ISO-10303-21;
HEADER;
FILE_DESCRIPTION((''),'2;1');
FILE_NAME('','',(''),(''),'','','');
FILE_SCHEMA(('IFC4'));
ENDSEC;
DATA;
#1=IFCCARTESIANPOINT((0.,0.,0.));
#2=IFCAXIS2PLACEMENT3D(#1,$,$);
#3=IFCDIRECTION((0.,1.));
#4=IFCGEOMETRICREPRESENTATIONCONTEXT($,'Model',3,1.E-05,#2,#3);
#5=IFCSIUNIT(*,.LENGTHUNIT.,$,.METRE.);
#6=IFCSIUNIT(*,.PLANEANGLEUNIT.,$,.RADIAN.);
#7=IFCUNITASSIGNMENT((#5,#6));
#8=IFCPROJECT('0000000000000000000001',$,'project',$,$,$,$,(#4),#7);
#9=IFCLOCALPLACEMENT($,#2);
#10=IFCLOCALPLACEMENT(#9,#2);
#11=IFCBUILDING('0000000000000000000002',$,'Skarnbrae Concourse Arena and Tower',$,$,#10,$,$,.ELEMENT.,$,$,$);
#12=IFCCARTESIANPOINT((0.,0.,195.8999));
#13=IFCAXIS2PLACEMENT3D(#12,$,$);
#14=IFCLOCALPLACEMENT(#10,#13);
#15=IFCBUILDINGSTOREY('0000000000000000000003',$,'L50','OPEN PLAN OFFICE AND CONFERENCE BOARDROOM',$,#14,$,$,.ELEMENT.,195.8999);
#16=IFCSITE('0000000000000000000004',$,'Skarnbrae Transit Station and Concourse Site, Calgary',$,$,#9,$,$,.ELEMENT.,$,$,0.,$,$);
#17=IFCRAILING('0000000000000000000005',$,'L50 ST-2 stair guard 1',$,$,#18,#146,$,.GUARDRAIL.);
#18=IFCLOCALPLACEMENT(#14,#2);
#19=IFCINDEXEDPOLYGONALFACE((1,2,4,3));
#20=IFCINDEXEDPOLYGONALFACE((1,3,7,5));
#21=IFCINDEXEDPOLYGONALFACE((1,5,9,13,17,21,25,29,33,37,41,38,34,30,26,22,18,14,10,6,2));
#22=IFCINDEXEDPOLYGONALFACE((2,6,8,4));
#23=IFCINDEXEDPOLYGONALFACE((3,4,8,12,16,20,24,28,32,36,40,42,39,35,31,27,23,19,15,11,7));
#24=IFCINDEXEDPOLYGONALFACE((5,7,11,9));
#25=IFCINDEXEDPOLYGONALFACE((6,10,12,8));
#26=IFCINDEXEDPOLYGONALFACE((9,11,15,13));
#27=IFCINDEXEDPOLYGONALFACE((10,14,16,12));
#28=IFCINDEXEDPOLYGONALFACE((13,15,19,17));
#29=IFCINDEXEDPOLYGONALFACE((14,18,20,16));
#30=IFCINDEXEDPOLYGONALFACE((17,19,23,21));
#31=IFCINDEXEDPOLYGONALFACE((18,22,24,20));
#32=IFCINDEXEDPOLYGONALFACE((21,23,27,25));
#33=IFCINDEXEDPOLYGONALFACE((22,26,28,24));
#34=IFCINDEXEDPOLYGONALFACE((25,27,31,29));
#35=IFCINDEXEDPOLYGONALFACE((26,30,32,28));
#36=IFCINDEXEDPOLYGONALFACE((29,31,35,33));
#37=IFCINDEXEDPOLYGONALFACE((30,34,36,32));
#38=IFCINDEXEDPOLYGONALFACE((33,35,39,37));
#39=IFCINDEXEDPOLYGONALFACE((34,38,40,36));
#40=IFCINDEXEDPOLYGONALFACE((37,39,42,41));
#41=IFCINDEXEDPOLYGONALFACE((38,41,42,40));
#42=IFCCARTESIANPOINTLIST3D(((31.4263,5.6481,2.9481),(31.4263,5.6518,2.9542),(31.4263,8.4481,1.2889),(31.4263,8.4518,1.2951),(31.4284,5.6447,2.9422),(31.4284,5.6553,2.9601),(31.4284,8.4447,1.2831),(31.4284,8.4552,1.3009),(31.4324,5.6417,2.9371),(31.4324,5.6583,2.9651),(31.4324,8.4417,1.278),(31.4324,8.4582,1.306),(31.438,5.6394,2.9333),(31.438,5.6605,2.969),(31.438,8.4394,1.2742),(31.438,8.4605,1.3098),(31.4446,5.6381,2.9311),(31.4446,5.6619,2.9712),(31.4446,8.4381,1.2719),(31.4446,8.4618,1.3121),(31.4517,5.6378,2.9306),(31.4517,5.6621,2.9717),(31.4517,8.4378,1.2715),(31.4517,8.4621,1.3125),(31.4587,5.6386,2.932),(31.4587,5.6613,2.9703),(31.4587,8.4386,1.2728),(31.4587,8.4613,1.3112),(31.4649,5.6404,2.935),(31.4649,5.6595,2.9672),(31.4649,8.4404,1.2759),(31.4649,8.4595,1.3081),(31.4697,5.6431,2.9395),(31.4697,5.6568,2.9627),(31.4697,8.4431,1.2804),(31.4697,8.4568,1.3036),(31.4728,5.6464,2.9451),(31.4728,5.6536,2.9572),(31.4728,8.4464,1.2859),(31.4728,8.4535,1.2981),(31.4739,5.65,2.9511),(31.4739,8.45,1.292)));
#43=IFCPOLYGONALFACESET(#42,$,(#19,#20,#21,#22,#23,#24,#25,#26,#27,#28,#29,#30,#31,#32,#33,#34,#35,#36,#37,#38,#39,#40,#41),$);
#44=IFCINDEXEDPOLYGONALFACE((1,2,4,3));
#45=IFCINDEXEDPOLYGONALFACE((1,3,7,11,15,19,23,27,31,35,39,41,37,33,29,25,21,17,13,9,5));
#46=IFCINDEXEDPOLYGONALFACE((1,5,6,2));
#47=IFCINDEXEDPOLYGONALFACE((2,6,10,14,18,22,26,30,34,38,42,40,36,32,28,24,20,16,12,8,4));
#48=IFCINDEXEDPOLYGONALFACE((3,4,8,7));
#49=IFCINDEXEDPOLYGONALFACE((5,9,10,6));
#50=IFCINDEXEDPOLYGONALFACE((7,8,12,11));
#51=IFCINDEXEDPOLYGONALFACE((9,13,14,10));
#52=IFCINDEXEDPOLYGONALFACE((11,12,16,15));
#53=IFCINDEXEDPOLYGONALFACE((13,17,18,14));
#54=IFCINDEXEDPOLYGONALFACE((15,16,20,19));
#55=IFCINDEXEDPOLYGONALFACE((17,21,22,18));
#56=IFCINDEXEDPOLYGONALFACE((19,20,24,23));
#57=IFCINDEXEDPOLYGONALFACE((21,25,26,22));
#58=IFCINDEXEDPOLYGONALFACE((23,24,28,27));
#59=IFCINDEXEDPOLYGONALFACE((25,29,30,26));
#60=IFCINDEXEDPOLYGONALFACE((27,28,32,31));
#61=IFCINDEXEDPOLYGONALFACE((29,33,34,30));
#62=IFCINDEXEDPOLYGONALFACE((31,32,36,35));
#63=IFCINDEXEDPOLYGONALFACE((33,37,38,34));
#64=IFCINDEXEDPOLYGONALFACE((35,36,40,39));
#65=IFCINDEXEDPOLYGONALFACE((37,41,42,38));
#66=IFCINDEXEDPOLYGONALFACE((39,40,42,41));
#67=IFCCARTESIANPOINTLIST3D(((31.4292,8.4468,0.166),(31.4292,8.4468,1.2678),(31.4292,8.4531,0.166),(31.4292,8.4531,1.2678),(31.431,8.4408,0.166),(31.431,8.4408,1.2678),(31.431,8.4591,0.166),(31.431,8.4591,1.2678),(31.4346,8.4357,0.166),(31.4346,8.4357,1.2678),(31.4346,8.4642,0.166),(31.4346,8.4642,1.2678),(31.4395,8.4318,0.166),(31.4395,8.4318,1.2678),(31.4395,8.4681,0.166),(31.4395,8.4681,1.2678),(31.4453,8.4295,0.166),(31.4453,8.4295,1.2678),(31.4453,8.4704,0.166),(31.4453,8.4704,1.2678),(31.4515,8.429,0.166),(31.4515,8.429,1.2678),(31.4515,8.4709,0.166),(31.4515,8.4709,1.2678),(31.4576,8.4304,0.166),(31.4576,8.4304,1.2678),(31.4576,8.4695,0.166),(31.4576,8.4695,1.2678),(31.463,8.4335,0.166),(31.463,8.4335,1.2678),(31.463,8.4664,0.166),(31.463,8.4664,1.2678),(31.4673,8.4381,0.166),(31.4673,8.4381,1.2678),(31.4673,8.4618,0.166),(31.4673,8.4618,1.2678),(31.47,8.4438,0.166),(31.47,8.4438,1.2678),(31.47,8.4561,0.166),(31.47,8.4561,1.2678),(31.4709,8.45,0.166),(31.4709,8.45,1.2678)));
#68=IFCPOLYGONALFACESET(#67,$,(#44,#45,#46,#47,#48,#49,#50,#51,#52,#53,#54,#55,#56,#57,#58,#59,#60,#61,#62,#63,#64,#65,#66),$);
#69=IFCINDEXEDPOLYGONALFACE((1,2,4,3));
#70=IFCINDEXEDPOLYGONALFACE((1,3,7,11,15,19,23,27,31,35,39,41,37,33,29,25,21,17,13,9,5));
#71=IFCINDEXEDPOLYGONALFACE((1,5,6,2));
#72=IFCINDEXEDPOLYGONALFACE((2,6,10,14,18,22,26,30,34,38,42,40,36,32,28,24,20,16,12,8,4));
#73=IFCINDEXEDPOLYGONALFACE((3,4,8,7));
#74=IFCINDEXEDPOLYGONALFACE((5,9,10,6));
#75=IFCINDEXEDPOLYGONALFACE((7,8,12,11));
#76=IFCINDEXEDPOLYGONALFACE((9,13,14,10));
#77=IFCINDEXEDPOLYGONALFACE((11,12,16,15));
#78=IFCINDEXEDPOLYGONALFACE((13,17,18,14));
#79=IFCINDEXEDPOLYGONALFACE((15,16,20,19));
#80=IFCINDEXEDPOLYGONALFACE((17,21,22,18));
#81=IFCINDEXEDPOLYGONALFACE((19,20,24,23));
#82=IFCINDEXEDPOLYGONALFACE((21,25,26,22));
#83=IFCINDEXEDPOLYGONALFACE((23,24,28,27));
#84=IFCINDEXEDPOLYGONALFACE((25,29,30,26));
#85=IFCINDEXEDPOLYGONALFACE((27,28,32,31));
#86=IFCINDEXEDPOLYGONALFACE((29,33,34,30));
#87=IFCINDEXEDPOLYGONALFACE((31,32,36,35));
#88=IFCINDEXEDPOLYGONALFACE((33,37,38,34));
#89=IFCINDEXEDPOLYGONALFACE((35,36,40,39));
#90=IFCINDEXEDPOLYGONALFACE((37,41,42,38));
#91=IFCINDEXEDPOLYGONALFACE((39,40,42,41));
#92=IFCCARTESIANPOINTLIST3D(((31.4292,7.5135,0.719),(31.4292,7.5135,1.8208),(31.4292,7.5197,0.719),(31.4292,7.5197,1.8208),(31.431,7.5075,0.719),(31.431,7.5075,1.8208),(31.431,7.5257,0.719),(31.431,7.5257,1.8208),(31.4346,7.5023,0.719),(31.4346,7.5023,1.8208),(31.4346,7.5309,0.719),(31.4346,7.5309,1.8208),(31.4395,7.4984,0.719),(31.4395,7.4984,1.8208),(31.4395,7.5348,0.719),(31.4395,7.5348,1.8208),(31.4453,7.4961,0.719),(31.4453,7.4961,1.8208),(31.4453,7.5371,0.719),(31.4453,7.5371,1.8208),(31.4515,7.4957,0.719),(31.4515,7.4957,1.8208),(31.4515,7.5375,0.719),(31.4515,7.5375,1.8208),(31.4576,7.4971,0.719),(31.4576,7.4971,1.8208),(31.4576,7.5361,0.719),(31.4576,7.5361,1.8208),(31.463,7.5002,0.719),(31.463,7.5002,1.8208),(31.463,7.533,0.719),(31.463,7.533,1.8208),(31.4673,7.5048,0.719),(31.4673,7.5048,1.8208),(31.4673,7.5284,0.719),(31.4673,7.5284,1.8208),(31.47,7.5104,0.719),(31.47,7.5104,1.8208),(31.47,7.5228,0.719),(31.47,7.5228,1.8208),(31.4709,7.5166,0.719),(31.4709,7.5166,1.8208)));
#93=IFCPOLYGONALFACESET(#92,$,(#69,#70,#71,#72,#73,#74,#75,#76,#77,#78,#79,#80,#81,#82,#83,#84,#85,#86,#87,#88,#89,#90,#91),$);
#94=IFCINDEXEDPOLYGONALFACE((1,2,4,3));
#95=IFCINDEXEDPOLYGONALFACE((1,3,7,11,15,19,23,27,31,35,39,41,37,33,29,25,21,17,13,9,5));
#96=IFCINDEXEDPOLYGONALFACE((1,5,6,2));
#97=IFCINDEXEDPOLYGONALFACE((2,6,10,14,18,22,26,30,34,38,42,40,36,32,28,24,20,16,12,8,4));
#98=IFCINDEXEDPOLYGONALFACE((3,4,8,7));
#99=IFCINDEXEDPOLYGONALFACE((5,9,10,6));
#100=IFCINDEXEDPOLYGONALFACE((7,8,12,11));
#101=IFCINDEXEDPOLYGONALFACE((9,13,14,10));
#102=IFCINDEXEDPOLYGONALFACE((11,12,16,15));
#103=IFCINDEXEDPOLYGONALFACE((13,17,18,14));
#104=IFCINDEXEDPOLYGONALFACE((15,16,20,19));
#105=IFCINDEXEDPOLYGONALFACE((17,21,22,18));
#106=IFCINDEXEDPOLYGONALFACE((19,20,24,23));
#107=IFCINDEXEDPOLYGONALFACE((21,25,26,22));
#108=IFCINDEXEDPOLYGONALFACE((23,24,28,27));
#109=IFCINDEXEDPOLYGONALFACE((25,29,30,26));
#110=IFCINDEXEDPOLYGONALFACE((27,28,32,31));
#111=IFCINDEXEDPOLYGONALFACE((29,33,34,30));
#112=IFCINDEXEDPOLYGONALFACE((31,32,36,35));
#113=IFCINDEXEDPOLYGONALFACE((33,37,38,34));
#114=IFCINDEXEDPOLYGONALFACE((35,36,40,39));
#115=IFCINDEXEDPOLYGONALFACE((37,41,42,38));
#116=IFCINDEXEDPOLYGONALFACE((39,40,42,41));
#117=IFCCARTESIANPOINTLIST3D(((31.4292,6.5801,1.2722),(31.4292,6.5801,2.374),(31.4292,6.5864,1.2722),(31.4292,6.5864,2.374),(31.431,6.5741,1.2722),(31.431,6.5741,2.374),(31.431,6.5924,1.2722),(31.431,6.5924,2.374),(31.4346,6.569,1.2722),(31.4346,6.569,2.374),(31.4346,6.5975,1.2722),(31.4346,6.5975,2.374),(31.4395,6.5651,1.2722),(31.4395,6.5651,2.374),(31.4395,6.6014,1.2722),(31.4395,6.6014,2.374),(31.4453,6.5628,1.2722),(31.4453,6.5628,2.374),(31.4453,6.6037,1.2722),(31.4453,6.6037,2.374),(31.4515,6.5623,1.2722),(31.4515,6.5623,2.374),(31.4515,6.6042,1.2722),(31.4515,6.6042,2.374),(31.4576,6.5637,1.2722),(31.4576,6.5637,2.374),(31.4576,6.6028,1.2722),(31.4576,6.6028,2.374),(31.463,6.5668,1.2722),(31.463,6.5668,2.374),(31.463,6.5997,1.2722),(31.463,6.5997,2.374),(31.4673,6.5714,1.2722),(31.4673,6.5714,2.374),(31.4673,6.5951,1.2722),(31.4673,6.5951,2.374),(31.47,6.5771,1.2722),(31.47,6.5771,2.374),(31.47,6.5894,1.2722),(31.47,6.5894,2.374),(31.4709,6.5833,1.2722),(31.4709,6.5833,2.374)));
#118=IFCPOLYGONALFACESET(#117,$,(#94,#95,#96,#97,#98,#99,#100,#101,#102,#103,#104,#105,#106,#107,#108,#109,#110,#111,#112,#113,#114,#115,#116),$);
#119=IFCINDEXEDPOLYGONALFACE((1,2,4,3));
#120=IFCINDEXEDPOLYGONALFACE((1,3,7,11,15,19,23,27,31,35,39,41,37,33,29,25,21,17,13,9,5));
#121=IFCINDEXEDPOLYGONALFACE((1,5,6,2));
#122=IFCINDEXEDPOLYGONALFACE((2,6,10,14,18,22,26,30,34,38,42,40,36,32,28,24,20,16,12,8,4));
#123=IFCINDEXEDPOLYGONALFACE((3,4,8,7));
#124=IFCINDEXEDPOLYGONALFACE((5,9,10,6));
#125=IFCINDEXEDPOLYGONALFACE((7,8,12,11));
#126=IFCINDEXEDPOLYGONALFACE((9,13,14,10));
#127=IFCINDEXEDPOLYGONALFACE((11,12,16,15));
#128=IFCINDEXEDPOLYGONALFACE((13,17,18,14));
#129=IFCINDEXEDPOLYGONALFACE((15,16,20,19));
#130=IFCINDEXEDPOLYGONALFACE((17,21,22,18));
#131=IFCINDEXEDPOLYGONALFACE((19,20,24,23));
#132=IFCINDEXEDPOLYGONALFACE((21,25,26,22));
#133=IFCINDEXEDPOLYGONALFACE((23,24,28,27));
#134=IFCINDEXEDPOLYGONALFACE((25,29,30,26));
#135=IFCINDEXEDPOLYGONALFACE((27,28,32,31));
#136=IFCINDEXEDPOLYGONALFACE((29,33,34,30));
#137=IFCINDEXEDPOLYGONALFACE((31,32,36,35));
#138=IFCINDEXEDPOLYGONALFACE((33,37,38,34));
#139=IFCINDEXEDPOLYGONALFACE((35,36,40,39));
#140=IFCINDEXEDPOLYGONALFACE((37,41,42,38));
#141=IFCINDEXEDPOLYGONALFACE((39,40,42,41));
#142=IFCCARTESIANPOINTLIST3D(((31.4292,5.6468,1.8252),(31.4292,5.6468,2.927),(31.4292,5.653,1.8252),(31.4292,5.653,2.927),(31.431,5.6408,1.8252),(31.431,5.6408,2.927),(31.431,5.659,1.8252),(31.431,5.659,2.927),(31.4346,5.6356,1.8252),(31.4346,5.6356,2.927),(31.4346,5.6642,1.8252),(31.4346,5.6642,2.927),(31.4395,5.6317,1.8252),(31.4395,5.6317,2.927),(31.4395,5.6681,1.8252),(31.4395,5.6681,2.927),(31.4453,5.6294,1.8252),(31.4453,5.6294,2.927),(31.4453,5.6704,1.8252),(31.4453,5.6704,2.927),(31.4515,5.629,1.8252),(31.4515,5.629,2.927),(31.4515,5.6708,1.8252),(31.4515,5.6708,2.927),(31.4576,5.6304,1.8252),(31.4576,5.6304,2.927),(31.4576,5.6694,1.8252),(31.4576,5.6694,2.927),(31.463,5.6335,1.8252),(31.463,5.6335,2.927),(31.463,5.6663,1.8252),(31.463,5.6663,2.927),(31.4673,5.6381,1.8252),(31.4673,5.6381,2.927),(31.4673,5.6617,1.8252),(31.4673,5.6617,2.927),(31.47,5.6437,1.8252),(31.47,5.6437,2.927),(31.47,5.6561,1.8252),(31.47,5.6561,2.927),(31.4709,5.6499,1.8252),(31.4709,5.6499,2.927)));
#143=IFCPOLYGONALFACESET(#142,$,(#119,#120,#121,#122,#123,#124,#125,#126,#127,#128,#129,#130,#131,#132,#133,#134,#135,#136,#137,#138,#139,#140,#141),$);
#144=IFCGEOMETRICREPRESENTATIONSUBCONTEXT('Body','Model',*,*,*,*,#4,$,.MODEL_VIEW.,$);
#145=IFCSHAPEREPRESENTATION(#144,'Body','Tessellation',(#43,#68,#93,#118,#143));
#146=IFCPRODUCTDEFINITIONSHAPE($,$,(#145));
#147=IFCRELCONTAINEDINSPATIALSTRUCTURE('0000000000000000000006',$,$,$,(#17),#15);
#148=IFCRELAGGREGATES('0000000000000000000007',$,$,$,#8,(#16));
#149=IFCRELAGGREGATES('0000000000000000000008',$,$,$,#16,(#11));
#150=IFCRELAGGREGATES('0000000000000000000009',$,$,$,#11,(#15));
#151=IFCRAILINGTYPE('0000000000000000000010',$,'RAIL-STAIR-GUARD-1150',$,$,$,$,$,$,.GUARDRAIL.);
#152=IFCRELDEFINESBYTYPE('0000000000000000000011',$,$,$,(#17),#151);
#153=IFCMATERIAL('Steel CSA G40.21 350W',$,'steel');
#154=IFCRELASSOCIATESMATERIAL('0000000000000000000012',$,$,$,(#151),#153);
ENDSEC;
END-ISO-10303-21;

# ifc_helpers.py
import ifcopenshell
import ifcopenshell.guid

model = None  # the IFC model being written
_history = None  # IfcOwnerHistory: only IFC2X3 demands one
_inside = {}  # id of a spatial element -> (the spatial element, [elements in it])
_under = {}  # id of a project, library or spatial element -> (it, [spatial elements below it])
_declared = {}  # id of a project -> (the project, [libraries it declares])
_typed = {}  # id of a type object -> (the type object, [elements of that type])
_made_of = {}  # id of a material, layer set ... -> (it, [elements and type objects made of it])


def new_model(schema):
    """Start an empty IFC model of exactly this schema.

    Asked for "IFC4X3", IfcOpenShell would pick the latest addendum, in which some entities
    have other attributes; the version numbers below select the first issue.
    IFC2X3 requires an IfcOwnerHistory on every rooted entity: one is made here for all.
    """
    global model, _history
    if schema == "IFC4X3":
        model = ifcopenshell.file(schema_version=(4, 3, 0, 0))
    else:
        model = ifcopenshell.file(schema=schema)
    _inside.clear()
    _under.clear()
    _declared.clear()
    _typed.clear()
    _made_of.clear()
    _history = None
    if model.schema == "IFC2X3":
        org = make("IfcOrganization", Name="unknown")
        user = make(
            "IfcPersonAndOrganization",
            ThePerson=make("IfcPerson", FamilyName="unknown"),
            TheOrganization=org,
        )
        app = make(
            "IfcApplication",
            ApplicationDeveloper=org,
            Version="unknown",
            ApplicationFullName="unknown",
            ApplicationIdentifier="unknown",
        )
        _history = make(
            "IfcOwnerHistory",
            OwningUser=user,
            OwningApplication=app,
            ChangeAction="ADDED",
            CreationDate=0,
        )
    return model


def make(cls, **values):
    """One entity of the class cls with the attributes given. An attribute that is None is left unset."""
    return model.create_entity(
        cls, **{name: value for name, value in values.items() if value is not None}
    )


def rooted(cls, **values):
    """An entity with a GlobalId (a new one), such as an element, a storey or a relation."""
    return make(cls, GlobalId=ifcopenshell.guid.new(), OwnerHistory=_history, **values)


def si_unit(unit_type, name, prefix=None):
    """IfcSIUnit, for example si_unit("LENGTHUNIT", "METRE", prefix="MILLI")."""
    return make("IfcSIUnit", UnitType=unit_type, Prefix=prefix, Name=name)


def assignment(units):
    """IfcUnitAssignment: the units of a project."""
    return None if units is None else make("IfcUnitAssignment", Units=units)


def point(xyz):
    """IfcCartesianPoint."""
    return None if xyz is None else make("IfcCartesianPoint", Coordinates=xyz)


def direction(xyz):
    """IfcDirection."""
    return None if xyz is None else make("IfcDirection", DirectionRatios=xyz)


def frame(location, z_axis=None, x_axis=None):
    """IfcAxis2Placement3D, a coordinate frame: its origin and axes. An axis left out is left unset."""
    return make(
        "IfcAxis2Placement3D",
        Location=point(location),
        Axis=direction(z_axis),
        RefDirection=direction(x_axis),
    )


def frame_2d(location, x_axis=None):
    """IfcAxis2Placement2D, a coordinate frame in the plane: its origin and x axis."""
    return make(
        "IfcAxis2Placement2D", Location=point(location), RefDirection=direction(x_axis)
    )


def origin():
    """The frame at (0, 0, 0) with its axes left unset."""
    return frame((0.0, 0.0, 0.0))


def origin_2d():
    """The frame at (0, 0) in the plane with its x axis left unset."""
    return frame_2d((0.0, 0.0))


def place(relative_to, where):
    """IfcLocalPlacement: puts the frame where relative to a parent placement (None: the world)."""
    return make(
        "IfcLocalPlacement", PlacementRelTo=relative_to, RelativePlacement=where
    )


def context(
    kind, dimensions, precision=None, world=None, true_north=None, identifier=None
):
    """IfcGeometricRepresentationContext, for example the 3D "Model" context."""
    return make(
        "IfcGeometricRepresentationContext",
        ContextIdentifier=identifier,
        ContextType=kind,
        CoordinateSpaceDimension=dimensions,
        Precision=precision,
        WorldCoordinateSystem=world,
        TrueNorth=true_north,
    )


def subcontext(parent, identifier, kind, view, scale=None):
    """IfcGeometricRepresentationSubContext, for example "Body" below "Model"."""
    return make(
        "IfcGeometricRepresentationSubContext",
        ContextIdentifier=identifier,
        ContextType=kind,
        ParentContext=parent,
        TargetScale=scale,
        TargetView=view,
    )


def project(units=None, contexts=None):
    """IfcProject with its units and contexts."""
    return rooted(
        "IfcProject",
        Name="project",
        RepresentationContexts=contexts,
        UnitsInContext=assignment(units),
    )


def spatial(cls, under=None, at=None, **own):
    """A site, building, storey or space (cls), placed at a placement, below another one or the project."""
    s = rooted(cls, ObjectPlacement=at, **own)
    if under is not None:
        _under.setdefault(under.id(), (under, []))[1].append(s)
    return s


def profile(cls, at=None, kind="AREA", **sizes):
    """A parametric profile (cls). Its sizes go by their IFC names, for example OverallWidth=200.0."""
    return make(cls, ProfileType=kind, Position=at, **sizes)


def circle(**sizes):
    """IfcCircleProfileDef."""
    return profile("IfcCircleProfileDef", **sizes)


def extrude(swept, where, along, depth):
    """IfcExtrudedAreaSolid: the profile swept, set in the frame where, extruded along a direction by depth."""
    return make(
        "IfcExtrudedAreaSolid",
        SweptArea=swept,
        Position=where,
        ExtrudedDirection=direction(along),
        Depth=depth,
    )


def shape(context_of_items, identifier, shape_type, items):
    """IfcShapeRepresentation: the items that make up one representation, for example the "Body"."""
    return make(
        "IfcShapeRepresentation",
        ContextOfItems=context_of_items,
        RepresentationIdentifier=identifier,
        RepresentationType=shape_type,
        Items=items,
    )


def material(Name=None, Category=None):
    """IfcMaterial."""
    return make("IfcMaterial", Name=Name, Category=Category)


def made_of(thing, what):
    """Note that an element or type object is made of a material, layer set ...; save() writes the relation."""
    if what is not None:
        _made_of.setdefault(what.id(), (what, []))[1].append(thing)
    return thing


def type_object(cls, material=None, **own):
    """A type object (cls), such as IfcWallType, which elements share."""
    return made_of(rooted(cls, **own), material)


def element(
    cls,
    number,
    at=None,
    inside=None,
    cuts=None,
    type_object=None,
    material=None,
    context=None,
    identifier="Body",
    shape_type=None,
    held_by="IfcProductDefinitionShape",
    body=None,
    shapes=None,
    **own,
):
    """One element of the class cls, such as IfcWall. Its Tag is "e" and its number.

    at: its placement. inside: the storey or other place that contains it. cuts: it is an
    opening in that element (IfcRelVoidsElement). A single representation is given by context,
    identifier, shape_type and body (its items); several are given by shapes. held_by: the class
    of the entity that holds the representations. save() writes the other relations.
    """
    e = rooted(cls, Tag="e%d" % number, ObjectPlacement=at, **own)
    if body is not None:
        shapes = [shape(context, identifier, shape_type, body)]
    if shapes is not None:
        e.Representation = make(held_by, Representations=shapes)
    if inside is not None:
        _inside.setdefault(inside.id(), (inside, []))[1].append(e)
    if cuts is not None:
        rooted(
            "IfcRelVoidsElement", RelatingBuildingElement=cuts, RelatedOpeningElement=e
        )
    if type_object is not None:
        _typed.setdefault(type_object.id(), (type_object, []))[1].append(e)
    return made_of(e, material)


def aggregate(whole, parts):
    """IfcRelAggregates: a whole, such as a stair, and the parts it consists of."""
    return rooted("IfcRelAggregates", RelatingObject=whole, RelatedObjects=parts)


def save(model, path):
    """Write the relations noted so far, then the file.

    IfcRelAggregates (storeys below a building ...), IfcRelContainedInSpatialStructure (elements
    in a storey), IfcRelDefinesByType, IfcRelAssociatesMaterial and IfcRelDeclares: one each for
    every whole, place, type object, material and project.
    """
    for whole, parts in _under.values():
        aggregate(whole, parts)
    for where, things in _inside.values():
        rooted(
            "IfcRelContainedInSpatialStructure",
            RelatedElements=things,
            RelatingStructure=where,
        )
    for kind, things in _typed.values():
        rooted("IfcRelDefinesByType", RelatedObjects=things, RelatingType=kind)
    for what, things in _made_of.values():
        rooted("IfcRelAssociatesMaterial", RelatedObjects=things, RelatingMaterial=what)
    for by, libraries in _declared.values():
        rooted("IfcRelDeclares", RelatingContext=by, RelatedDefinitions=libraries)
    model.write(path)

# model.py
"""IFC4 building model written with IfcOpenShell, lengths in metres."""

from ifc_helpers import new_model, si_unit, direction, frame, origin, origin_2d, place, context, subcontext, project, spatial, circle, extrude, material, type_object, element, save


model = new_model("IFC4")

# Units and contexts
model_context = context("Model", 3, precision=1e-05, world=origin(), true_north=direction((0.0, 1.0)))
body_context = subcontext(model_context, "Body", "Model", "MODEL_VIEW")
ifc_project = project(units=[si_unit("LENGTHUNIT", "METRE"), si_unit("PLANEANGLEUNIT", "RADIAN")], contexts=[model_context])

# Site, building, storey
site_placement = place(None, origin())
site = spatial("IfcSite", under=ifc_project, at=site_placement, Name="Skarnbrae Transit Station and Concourse Site, Calgary", CompositionType="ELEMENT", RefElevation=0.0)
building_placement = place(site_placement, origin())
building = spatial("IfcBuilding", under=site, at=building_placement, Name="Skarnbrae Concourse Arena and Tower", CompositionType="ELEMENT")
storey_placement = place(building_placement, frame((0.0, 0.0, 195.8999)))
storey = spatial("IfcBuildingStorey", under=building, at=storey_placement, Name="L50", Description="OPEN PLAN OFFICE AND CONFERENCE BOARDROOM", CompositionType="ELEMENT", Elevation=195.8999)

# Shared definitions
ifc_material_1 = material(Name="Steel CSA G40.21 350W", Category="steel")

# Railing
railing_type = type_object("IfcRailingType", Name="RAIL-STAIR-GUARD-1150", PredefinedType="GUARDRAIL", material=ifc_material_1)
railing_1_placement = place(storey_placement, frame((31.45, 8.45, 0.166)))
element("IfcRailing", 1, at=railing_1_placement, inside=storey, type_object=railing_type, Name="L50 ST-2 stair guard 1", PredefinedType="GUARDRAIL", context=body_context, shape_type="SweptSolid", body=[
    extrude(circle(Radius=0.0239, at=origin_2d()), frame((0.0, 0.0, 1.126), z_axis=(0.0, -0.860306, 0.509778), x_axis=(1.0, 0.0, 0.0)), (0.0, 0.0, 1.0), 3.2546),
    extrude(circle(Radius=0.021, at=origin_2d()), origin(), (0.0, 0.0, 1.0), 1.1018),
    extrude(circle(Radius=0.021, at=origin_2d()), frame((0.0, -0.9333, 0.553)), (0.0, 0.0, 1.0), 1.1018),
    extrude(circle(Radius=0.021, at=origin_2d()), frame((0.0, -1.8667, 1.1062)), (0.0, 0.0, 1.0), 1.1018),
    extrude(circle(Radius=0.021, at=origin_2d()), frame((0.0, -2.8, 1.6592)), (0.0, 0.0, 1.0), 1.1018),
])

save(model, "model.ifc")
